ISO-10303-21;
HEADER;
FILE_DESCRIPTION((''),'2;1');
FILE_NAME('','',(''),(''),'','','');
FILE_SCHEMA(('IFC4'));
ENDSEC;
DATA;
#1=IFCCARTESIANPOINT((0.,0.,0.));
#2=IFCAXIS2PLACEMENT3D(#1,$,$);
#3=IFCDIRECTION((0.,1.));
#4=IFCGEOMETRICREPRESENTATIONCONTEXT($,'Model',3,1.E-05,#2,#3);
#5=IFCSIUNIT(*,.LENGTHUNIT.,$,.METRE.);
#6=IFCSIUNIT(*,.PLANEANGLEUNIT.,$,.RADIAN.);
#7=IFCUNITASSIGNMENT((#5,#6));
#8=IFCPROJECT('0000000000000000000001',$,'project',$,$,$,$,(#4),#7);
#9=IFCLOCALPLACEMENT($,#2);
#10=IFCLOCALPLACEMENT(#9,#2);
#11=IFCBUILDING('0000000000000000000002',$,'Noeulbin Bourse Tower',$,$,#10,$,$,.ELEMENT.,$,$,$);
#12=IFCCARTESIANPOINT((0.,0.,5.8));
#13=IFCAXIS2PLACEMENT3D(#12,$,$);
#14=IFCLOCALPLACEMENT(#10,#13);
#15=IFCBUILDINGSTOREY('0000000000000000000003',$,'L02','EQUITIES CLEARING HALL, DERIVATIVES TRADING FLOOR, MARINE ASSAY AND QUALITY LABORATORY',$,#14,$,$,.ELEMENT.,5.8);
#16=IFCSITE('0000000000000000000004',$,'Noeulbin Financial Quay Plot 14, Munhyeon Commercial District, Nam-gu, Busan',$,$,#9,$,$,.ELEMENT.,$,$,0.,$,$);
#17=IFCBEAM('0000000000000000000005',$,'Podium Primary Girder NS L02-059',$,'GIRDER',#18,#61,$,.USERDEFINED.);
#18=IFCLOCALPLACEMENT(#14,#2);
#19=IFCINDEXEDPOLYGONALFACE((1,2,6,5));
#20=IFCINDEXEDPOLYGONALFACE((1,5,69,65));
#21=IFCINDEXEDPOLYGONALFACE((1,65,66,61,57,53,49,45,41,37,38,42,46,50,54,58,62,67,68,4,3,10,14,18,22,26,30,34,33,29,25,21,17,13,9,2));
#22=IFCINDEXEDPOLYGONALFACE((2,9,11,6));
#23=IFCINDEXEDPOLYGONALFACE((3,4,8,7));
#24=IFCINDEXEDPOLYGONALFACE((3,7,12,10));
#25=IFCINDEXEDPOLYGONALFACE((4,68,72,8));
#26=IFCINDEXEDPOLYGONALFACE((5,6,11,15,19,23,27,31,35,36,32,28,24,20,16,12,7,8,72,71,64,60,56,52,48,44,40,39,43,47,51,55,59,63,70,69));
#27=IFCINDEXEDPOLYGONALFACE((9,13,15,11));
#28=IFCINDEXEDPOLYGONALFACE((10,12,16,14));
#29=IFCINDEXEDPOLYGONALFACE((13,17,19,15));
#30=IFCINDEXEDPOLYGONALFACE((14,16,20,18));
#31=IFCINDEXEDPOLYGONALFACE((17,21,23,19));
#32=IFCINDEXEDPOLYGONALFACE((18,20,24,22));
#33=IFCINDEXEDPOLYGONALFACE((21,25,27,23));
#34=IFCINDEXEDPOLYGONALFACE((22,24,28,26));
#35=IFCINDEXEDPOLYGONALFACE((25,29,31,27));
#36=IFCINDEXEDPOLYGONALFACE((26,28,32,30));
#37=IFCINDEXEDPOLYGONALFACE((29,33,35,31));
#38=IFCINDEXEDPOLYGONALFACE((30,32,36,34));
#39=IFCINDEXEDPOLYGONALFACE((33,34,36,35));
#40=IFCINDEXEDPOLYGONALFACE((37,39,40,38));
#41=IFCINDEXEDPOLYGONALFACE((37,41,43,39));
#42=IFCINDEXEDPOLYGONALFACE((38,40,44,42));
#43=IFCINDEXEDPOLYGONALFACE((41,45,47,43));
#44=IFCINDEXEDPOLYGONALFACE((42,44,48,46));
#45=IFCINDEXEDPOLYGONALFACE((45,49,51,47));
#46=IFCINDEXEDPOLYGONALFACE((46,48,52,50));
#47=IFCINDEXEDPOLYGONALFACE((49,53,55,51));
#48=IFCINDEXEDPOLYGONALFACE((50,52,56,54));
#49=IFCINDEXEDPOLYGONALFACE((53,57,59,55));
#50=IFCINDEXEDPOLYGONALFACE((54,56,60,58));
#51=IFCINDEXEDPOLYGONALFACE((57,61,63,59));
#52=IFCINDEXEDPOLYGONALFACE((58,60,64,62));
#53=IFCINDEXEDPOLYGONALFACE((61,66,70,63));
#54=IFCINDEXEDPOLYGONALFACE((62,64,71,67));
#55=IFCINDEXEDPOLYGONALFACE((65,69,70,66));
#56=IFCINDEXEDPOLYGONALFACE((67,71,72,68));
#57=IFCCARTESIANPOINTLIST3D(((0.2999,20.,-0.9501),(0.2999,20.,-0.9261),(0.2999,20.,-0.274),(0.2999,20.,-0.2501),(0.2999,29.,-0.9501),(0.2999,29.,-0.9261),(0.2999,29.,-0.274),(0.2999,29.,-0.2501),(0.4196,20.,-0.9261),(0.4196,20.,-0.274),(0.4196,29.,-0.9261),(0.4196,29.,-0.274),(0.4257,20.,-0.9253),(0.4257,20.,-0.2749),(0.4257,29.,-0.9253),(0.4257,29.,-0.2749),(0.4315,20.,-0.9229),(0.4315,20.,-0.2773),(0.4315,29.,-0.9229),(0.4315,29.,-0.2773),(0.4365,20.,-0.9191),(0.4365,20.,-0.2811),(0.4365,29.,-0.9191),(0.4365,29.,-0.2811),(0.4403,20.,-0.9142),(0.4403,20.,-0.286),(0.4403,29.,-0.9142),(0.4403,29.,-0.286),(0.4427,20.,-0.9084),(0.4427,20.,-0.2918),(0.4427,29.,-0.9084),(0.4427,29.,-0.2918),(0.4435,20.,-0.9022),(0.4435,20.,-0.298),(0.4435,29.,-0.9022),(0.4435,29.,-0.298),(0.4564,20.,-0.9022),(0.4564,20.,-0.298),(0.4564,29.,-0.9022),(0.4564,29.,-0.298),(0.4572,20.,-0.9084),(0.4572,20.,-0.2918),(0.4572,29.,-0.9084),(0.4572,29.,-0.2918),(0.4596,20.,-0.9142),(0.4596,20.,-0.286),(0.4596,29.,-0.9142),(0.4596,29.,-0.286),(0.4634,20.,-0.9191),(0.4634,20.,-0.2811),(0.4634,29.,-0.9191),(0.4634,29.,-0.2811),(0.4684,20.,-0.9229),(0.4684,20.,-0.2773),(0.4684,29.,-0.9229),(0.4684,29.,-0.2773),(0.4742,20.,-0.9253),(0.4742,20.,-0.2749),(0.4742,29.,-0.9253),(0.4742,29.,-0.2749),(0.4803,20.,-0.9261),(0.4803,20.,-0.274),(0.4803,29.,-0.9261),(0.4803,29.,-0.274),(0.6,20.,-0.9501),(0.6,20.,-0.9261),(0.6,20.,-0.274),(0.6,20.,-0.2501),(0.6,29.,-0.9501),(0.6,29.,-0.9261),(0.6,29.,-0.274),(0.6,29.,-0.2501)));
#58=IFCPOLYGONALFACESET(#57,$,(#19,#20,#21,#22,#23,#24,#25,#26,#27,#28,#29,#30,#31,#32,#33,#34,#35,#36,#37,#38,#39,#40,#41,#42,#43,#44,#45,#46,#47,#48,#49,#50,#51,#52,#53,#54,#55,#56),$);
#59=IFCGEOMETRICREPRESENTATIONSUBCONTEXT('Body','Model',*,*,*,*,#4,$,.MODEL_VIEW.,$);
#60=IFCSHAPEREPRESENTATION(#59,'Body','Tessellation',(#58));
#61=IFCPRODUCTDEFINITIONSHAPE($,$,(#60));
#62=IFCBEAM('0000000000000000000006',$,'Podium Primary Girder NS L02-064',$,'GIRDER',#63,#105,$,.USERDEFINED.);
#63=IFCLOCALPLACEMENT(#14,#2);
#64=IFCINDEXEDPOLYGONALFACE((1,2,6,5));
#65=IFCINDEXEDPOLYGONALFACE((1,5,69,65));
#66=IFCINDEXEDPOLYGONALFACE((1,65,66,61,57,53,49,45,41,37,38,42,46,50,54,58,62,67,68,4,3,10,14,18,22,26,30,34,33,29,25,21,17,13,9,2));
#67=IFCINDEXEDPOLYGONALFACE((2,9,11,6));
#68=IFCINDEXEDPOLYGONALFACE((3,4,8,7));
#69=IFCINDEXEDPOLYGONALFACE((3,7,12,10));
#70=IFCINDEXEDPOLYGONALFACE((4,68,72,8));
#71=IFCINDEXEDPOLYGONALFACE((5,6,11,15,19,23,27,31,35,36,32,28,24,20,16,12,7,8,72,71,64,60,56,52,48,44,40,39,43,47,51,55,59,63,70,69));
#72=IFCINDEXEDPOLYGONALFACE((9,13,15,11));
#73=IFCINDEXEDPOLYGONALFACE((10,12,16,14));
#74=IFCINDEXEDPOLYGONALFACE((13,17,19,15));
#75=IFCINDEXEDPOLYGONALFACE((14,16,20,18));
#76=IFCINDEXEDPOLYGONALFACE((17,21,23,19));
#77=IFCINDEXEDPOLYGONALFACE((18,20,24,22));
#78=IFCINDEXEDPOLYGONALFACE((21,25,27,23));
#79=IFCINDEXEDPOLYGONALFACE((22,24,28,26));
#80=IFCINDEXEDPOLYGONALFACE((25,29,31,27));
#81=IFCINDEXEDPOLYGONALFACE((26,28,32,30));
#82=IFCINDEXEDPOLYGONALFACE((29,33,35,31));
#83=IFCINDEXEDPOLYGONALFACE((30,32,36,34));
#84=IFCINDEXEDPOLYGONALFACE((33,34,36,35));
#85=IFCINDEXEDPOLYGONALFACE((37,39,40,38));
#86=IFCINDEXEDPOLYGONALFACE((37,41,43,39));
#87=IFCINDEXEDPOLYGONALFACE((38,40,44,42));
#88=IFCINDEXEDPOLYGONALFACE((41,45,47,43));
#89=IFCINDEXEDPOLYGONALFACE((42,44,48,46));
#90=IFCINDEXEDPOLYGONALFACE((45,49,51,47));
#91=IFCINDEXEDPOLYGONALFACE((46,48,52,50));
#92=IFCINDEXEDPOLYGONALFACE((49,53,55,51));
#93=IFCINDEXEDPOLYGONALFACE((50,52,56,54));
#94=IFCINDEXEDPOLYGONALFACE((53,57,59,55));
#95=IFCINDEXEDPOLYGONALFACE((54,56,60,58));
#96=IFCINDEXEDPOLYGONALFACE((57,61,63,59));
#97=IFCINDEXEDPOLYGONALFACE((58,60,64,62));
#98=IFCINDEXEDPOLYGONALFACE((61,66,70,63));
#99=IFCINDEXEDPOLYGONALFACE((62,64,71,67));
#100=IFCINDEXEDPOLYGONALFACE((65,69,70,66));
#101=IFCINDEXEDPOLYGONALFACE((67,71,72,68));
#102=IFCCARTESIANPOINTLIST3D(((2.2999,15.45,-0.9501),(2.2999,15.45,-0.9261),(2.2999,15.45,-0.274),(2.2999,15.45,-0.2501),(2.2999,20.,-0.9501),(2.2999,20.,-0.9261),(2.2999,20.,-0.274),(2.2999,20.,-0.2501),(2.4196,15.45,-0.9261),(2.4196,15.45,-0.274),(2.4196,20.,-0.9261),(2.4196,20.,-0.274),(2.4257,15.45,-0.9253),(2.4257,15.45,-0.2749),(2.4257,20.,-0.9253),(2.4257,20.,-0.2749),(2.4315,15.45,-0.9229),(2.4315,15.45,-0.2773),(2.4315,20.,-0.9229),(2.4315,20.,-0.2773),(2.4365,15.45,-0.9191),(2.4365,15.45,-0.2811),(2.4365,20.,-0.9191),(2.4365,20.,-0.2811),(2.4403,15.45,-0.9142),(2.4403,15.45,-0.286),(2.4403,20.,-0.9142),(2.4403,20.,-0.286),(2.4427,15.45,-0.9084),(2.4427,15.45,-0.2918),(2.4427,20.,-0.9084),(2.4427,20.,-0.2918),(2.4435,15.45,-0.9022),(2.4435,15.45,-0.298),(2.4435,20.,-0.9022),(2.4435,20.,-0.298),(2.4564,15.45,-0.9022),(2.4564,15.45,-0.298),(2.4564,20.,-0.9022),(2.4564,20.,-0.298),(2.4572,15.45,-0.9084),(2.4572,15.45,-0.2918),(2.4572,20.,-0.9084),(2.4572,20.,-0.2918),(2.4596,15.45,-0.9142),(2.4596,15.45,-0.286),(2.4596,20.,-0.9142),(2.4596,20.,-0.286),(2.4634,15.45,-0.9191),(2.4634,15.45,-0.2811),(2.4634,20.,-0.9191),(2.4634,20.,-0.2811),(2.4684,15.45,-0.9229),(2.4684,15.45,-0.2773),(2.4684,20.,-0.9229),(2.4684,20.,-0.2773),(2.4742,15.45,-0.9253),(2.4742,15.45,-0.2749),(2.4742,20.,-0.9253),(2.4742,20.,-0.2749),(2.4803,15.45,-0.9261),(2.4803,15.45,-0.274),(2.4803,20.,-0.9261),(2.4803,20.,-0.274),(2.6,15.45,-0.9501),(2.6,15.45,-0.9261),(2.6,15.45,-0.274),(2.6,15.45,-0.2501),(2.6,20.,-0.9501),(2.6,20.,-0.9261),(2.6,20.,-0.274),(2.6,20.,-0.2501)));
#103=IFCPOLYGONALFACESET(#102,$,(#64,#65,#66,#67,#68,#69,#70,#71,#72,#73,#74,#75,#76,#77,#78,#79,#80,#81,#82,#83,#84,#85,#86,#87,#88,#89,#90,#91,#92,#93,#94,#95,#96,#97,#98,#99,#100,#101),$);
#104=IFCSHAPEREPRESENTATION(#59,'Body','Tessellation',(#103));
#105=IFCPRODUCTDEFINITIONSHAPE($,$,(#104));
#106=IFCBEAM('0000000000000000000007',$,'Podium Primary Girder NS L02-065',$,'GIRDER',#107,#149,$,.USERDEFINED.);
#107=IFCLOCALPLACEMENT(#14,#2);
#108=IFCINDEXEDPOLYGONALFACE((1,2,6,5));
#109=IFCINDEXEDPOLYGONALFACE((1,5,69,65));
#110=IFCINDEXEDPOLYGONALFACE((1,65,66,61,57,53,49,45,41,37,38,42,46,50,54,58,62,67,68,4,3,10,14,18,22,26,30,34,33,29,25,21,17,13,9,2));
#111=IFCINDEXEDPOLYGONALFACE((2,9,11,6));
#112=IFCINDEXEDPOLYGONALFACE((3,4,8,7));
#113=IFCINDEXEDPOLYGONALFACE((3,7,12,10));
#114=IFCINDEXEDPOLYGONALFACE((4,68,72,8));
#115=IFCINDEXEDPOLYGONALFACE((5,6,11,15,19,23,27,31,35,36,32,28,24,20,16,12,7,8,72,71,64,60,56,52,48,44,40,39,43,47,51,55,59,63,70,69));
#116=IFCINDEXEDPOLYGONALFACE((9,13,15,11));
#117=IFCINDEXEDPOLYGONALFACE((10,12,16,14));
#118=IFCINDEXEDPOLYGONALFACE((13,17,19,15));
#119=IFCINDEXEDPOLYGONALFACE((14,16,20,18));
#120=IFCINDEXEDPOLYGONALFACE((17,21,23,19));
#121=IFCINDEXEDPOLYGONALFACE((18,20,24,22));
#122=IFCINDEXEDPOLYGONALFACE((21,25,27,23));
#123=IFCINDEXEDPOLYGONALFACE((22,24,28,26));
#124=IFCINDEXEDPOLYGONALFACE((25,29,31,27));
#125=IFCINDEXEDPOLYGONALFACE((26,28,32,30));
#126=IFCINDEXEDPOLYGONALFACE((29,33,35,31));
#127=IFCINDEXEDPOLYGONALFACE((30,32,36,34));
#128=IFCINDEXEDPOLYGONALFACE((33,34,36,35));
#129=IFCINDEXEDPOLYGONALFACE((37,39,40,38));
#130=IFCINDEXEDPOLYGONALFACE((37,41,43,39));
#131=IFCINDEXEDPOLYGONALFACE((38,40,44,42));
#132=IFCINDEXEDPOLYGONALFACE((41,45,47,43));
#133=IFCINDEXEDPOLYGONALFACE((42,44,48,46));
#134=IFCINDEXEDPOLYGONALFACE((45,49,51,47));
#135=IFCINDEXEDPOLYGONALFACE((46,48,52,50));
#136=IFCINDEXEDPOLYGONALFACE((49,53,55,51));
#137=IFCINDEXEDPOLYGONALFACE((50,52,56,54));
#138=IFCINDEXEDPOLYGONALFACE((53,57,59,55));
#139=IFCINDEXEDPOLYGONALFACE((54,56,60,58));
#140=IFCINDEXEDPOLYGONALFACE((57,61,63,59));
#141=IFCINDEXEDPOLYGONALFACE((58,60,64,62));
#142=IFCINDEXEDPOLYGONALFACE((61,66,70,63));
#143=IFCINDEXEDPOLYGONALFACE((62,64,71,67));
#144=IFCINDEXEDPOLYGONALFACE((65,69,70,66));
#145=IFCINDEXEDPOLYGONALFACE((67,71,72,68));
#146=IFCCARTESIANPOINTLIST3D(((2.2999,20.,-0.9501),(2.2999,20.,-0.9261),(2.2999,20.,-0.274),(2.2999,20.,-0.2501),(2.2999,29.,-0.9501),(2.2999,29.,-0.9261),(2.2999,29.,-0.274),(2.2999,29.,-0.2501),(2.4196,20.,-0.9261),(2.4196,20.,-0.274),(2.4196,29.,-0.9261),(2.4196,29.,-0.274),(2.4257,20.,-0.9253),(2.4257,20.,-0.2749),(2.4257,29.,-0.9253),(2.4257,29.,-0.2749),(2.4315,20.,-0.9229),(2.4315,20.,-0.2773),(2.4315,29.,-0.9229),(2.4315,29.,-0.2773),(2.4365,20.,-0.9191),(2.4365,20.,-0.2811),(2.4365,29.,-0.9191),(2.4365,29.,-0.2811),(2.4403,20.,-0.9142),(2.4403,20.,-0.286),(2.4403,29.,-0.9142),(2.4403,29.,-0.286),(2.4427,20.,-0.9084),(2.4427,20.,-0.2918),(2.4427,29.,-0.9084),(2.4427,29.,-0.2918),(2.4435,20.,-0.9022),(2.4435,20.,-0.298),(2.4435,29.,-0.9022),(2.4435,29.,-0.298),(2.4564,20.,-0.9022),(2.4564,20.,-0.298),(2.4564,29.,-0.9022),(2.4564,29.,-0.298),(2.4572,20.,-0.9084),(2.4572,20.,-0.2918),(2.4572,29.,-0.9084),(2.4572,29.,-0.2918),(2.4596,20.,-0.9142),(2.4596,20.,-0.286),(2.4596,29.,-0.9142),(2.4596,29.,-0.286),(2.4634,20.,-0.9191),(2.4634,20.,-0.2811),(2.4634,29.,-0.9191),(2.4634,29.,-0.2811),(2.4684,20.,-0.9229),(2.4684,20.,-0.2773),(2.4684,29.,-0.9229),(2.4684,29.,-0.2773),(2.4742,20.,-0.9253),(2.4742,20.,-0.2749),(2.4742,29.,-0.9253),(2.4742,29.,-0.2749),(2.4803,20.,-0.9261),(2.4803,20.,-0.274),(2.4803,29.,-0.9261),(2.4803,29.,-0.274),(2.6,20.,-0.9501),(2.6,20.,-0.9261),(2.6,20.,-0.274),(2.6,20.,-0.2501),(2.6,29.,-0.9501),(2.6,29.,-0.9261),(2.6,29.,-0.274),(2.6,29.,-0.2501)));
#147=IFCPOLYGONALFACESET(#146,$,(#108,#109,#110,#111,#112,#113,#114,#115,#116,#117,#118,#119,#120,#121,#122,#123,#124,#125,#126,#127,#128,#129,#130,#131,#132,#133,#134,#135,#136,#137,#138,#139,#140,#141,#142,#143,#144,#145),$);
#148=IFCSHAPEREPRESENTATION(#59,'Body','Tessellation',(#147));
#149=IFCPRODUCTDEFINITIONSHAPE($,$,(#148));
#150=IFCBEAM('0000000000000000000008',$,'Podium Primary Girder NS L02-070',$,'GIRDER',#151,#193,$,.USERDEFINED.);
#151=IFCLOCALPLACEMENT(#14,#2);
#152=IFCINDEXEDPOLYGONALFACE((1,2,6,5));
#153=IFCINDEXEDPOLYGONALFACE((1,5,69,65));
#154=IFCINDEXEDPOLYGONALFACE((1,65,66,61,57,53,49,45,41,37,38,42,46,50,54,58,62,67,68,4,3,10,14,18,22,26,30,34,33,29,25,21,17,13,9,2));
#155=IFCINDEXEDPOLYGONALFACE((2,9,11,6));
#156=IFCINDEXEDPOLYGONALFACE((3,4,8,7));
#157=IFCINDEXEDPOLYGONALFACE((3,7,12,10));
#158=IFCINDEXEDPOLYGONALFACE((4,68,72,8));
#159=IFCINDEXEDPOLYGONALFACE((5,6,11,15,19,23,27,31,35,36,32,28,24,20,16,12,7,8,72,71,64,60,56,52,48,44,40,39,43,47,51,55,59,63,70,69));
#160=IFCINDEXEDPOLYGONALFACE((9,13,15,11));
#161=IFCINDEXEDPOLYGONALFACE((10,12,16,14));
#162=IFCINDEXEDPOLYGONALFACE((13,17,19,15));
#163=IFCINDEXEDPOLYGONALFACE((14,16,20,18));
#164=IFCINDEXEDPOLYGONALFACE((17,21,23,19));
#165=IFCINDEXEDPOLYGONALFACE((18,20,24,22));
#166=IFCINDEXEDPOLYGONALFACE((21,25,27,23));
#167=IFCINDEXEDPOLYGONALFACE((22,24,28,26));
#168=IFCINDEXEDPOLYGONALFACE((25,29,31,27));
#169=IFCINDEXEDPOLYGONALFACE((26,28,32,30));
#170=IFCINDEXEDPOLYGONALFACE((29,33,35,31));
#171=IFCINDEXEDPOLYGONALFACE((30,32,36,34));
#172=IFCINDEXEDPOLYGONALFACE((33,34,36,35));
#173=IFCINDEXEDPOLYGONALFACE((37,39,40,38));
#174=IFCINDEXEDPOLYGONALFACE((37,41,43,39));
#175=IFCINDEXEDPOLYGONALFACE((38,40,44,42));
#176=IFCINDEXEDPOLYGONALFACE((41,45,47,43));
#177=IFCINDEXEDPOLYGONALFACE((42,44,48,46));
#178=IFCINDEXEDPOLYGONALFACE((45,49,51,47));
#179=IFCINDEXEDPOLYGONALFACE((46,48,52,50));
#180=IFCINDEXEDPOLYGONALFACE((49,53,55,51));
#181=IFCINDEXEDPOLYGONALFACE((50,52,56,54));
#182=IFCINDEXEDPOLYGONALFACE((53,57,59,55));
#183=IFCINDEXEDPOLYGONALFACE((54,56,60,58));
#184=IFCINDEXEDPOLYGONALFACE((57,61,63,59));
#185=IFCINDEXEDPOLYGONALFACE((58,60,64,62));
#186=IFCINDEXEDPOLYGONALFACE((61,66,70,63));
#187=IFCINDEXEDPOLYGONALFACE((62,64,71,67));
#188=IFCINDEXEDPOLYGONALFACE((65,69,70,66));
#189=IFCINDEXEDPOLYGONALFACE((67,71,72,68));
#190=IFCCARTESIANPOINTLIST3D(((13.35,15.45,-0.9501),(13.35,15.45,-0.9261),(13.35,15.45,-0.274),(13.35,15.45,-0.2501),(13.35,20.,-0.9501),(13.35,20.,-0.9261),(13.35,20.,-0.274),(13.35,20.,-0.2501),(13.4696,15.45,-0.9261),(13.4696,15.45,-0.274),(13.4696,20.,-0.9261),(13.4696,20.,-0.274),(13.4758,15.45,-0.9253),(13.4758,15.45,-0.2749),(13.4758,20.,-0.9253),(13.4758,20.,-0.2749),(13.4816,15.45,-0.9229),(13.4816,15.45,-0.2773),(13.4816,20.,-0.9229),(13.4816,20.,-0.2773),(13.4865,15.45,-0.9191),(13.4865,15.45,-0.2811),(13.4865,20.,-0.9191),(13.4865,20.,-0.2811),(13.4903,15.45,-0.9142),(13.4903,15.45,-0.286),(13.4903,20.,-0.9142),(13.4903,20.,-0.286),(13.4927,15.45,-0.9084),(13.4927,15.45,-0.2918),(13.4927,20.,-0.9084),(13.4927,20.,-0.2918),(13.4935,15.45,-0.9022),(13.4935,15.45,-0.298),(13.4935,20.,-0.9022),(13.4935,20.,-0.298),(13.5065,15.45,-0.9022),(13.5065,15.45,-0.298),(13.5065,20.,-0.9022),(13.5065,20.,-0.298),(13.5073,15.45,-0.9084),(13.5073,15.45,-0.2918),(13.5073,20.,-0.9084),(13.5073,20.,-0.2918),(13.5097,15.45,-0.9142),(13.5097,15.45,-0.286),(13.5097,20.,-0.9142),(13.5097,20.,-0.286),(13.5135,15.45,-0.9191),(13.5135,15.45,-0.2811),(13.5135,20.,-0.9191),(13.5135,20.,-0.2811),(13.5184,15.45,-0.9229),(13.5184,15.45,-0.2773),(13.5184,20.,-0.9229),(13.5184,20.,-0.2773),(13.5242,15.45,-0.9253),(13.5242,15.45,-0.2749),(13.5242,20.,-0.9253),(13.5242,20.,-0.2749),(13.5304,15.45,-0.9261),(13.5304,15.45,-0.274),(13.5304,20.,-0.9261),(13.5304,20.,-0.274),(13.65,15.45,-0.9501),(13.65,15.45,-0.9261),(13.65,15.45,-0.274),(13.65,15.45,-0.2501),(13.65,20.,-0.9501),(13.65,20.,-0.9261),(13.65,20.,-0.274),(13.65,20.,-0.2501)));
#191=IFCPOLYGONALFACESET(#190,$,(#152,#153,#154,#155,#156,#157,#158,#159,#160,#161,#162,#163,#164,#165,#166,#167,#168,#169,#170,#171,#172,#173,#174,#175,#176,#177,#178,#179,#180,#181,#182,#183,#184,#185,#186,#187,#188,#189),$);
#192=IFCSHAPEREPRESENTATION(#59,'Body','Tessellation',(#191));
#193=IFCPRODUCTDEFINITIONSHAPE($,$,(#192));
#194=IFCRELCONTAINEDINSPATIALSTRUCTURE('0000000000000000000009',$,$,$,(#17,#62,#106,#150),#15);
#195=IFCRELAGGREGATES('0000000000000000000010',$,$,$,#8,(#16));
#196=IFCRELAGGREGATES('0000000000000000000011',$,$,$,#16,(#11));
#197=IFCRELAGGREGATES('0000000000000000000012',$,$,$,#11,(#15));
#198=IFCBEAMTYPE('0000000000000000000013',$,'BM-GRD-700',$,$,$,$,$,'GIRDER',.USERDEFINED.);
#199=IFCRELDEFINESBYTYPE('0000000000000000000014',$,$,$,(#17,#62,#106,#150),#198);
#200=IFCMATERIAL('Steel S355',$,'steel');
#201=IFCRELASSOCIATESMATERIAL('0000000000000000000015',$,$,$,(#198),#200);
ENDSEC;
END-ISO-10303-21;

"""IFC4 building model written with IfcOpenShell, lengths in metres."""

from ifc_helpers import new_model, si_unit, direction, frame, origin, origin_2d, place, context, subcontext, project, spatial, i_section, extrude, material, material_profile, profile_set, type_object, element, save


model = new_model("IFC4")

# Units and contexts
model_context = context("Model", 3, precision=1e-05, world=origin(), true_north=direction((0.0, 1.0)))
body_context = subcontext(model_context, "Body", "Model", "MODEL_VIEW")
ifc_project = project(units=[si_unit("LENGTHUNIT", "METRE"), si_unit("PLANEANGLEUNIT", "RADIAN")], contexts=[model_context])

# Site, building, storey
site_placement = place(None, origin())
site = spatial("IfcSite", under=ifc_project, at=site_placement, Name="Noeulbin Financial Quay Plot 14, Munhyeon Commercial District, Nam-gu, Busan", CompositionType="ELEMENT", RefElevation=0.0)
building_placement = place(site_placement, origin())
building = spatial("IfcBuilding", under=site, at=building_placement, Name="Noeulbin Bourse Tower", CompositionType="ELEMENT")
storey_placement = place(building_placement, frame((0.0, 0.0, 5.8)))
storey = spatial("IfcBuildingStorey", under=building, at=storey_placement, Name="L02", Description="EQUITIES CLEARING HALL, DERIVATIVES TRADING FLOOR, MARINE ASSAY AND QUALITY LABORATORY", CompositionType="ELEMENT", Elevation=5.8)

# Beams
ifc_material_1 = material(Name="Steel S355", Category="steel")
ifc_material_profile_1 = material_profile(ifc_material_1, i_section(OverallWidth=0.3, OverallDepth=0.7, WebThickness=0.0129, FlangeThickness=0.0239, FilletRadius=0.0239, at=origin_2d()), Name="H-700x300x13x24", Category="LoadBearing")
ifc_profile_set_1 = profile_set([ifc_material_profile_1], Name="Steel S355")
beam_type_1 = type_object("IfcBeamType", Name="BM-GRD-700", ElementType="GIRDER", PredefinedType="USERDEFINED", material=ifc_profile_set_1)
beam_1_placement = place(storey_placement, frame((0.45, 20.0, -0.6001), z_axis=(0.0, 1.0, 0.0), x_axis=(-1.0, 0.0, 0.0)))
element("IfcBeam", 1, at=beam_1_placement, inside=storey, type_object=beam_type_1, Name="Podium Primary Girder NS L02-059", ObjectType="GIRDER", PredefinedType="USERDEFINED", context=body_context, shape_type="SweptSolid", body=[
    extrude(i_section(OverallWidth=0.3, OverallDepth=0.7, WebThickness=0.0129, FlangeThickness=0.0239, FilletRadius=0.0239, at=origin_2d()), origin(), (0.0, 0.0, 1.0), 9.0),
])
beam_2_placement = place(storey_placement, frame((2.45, 15.45, -0.6001), z_axis=(0.0, 1.0, 0.0), x_axis=(-1.0, 0.0, 0.0)))
element("IfcBeam", 2, at=beam_2_placement, inside=storey, type_object=beam_type_1, Name="Podium Primary Girder NS L02-064", ObjectType="GIRDER", PredefinedType="USERDEFINED", context=body_context, shape_type="SweptSolid", body=[
    extrude(i_section(OverallWidth=0.3, OverallDepth=0.7, WebThickness=0.0129, FlangeThickness=0.0239, FilletRadius=0.0239, at=origin_2d()), origin(), (0.0, 0.0, 1.0), 4.55),
])
beam_3_placement = place(storey_placement, frame((2.45, 20.0, -0.6001), z_axis=(0.0, 1.0, 0.0), x_axis=(-1.0, 0.0, 0.0)))
element("IfcBeam", 3, at=beam_3_placement, inside=storey, type_object=beam_type_1, Name="Podium Primary Girder NS L02-065", ObjectType="GIRDER", PredefinedType="USERDEFINED", context=body_context, shape_type="SweptSolid", body=[
    extrude(i_section(OverallWidth=0.3, OverallDepth=0.7, WebThickness=0.0129, FlangeThickness=0.0239, FilletRadius=0.0239, at=origin_2d()), origin(), (0.0, 0.0, 1.0), 9.0),
])
beam_4_placement = place(storey_placement, frame((13.5, 15.45, -0.6001), z_axis=(0.0, 1.0, 0.0), x_axis=(-1.0, 0.0, 0.0)))
element("IfcBeam", 4, at=beam_4_placement, inside=storey, type_object=beam_type_1, Name="Podium Primary Girder NS L02-070", ObjectType="GIRDER", PredefinedType="USERDEFINED", context=body_context, shape_type="SweptSolid", body=[
    extrude(i_section(OverallWidth=0.3, OverallDepth=0.7, WebThickness=0.0129, FlangeThickness=0.0239, FilletRadius=0.0239, at=origin_2d()), origin(), (0.0, 0.0, 1.0), 4.55),
])

save(model, "model.ifc")
